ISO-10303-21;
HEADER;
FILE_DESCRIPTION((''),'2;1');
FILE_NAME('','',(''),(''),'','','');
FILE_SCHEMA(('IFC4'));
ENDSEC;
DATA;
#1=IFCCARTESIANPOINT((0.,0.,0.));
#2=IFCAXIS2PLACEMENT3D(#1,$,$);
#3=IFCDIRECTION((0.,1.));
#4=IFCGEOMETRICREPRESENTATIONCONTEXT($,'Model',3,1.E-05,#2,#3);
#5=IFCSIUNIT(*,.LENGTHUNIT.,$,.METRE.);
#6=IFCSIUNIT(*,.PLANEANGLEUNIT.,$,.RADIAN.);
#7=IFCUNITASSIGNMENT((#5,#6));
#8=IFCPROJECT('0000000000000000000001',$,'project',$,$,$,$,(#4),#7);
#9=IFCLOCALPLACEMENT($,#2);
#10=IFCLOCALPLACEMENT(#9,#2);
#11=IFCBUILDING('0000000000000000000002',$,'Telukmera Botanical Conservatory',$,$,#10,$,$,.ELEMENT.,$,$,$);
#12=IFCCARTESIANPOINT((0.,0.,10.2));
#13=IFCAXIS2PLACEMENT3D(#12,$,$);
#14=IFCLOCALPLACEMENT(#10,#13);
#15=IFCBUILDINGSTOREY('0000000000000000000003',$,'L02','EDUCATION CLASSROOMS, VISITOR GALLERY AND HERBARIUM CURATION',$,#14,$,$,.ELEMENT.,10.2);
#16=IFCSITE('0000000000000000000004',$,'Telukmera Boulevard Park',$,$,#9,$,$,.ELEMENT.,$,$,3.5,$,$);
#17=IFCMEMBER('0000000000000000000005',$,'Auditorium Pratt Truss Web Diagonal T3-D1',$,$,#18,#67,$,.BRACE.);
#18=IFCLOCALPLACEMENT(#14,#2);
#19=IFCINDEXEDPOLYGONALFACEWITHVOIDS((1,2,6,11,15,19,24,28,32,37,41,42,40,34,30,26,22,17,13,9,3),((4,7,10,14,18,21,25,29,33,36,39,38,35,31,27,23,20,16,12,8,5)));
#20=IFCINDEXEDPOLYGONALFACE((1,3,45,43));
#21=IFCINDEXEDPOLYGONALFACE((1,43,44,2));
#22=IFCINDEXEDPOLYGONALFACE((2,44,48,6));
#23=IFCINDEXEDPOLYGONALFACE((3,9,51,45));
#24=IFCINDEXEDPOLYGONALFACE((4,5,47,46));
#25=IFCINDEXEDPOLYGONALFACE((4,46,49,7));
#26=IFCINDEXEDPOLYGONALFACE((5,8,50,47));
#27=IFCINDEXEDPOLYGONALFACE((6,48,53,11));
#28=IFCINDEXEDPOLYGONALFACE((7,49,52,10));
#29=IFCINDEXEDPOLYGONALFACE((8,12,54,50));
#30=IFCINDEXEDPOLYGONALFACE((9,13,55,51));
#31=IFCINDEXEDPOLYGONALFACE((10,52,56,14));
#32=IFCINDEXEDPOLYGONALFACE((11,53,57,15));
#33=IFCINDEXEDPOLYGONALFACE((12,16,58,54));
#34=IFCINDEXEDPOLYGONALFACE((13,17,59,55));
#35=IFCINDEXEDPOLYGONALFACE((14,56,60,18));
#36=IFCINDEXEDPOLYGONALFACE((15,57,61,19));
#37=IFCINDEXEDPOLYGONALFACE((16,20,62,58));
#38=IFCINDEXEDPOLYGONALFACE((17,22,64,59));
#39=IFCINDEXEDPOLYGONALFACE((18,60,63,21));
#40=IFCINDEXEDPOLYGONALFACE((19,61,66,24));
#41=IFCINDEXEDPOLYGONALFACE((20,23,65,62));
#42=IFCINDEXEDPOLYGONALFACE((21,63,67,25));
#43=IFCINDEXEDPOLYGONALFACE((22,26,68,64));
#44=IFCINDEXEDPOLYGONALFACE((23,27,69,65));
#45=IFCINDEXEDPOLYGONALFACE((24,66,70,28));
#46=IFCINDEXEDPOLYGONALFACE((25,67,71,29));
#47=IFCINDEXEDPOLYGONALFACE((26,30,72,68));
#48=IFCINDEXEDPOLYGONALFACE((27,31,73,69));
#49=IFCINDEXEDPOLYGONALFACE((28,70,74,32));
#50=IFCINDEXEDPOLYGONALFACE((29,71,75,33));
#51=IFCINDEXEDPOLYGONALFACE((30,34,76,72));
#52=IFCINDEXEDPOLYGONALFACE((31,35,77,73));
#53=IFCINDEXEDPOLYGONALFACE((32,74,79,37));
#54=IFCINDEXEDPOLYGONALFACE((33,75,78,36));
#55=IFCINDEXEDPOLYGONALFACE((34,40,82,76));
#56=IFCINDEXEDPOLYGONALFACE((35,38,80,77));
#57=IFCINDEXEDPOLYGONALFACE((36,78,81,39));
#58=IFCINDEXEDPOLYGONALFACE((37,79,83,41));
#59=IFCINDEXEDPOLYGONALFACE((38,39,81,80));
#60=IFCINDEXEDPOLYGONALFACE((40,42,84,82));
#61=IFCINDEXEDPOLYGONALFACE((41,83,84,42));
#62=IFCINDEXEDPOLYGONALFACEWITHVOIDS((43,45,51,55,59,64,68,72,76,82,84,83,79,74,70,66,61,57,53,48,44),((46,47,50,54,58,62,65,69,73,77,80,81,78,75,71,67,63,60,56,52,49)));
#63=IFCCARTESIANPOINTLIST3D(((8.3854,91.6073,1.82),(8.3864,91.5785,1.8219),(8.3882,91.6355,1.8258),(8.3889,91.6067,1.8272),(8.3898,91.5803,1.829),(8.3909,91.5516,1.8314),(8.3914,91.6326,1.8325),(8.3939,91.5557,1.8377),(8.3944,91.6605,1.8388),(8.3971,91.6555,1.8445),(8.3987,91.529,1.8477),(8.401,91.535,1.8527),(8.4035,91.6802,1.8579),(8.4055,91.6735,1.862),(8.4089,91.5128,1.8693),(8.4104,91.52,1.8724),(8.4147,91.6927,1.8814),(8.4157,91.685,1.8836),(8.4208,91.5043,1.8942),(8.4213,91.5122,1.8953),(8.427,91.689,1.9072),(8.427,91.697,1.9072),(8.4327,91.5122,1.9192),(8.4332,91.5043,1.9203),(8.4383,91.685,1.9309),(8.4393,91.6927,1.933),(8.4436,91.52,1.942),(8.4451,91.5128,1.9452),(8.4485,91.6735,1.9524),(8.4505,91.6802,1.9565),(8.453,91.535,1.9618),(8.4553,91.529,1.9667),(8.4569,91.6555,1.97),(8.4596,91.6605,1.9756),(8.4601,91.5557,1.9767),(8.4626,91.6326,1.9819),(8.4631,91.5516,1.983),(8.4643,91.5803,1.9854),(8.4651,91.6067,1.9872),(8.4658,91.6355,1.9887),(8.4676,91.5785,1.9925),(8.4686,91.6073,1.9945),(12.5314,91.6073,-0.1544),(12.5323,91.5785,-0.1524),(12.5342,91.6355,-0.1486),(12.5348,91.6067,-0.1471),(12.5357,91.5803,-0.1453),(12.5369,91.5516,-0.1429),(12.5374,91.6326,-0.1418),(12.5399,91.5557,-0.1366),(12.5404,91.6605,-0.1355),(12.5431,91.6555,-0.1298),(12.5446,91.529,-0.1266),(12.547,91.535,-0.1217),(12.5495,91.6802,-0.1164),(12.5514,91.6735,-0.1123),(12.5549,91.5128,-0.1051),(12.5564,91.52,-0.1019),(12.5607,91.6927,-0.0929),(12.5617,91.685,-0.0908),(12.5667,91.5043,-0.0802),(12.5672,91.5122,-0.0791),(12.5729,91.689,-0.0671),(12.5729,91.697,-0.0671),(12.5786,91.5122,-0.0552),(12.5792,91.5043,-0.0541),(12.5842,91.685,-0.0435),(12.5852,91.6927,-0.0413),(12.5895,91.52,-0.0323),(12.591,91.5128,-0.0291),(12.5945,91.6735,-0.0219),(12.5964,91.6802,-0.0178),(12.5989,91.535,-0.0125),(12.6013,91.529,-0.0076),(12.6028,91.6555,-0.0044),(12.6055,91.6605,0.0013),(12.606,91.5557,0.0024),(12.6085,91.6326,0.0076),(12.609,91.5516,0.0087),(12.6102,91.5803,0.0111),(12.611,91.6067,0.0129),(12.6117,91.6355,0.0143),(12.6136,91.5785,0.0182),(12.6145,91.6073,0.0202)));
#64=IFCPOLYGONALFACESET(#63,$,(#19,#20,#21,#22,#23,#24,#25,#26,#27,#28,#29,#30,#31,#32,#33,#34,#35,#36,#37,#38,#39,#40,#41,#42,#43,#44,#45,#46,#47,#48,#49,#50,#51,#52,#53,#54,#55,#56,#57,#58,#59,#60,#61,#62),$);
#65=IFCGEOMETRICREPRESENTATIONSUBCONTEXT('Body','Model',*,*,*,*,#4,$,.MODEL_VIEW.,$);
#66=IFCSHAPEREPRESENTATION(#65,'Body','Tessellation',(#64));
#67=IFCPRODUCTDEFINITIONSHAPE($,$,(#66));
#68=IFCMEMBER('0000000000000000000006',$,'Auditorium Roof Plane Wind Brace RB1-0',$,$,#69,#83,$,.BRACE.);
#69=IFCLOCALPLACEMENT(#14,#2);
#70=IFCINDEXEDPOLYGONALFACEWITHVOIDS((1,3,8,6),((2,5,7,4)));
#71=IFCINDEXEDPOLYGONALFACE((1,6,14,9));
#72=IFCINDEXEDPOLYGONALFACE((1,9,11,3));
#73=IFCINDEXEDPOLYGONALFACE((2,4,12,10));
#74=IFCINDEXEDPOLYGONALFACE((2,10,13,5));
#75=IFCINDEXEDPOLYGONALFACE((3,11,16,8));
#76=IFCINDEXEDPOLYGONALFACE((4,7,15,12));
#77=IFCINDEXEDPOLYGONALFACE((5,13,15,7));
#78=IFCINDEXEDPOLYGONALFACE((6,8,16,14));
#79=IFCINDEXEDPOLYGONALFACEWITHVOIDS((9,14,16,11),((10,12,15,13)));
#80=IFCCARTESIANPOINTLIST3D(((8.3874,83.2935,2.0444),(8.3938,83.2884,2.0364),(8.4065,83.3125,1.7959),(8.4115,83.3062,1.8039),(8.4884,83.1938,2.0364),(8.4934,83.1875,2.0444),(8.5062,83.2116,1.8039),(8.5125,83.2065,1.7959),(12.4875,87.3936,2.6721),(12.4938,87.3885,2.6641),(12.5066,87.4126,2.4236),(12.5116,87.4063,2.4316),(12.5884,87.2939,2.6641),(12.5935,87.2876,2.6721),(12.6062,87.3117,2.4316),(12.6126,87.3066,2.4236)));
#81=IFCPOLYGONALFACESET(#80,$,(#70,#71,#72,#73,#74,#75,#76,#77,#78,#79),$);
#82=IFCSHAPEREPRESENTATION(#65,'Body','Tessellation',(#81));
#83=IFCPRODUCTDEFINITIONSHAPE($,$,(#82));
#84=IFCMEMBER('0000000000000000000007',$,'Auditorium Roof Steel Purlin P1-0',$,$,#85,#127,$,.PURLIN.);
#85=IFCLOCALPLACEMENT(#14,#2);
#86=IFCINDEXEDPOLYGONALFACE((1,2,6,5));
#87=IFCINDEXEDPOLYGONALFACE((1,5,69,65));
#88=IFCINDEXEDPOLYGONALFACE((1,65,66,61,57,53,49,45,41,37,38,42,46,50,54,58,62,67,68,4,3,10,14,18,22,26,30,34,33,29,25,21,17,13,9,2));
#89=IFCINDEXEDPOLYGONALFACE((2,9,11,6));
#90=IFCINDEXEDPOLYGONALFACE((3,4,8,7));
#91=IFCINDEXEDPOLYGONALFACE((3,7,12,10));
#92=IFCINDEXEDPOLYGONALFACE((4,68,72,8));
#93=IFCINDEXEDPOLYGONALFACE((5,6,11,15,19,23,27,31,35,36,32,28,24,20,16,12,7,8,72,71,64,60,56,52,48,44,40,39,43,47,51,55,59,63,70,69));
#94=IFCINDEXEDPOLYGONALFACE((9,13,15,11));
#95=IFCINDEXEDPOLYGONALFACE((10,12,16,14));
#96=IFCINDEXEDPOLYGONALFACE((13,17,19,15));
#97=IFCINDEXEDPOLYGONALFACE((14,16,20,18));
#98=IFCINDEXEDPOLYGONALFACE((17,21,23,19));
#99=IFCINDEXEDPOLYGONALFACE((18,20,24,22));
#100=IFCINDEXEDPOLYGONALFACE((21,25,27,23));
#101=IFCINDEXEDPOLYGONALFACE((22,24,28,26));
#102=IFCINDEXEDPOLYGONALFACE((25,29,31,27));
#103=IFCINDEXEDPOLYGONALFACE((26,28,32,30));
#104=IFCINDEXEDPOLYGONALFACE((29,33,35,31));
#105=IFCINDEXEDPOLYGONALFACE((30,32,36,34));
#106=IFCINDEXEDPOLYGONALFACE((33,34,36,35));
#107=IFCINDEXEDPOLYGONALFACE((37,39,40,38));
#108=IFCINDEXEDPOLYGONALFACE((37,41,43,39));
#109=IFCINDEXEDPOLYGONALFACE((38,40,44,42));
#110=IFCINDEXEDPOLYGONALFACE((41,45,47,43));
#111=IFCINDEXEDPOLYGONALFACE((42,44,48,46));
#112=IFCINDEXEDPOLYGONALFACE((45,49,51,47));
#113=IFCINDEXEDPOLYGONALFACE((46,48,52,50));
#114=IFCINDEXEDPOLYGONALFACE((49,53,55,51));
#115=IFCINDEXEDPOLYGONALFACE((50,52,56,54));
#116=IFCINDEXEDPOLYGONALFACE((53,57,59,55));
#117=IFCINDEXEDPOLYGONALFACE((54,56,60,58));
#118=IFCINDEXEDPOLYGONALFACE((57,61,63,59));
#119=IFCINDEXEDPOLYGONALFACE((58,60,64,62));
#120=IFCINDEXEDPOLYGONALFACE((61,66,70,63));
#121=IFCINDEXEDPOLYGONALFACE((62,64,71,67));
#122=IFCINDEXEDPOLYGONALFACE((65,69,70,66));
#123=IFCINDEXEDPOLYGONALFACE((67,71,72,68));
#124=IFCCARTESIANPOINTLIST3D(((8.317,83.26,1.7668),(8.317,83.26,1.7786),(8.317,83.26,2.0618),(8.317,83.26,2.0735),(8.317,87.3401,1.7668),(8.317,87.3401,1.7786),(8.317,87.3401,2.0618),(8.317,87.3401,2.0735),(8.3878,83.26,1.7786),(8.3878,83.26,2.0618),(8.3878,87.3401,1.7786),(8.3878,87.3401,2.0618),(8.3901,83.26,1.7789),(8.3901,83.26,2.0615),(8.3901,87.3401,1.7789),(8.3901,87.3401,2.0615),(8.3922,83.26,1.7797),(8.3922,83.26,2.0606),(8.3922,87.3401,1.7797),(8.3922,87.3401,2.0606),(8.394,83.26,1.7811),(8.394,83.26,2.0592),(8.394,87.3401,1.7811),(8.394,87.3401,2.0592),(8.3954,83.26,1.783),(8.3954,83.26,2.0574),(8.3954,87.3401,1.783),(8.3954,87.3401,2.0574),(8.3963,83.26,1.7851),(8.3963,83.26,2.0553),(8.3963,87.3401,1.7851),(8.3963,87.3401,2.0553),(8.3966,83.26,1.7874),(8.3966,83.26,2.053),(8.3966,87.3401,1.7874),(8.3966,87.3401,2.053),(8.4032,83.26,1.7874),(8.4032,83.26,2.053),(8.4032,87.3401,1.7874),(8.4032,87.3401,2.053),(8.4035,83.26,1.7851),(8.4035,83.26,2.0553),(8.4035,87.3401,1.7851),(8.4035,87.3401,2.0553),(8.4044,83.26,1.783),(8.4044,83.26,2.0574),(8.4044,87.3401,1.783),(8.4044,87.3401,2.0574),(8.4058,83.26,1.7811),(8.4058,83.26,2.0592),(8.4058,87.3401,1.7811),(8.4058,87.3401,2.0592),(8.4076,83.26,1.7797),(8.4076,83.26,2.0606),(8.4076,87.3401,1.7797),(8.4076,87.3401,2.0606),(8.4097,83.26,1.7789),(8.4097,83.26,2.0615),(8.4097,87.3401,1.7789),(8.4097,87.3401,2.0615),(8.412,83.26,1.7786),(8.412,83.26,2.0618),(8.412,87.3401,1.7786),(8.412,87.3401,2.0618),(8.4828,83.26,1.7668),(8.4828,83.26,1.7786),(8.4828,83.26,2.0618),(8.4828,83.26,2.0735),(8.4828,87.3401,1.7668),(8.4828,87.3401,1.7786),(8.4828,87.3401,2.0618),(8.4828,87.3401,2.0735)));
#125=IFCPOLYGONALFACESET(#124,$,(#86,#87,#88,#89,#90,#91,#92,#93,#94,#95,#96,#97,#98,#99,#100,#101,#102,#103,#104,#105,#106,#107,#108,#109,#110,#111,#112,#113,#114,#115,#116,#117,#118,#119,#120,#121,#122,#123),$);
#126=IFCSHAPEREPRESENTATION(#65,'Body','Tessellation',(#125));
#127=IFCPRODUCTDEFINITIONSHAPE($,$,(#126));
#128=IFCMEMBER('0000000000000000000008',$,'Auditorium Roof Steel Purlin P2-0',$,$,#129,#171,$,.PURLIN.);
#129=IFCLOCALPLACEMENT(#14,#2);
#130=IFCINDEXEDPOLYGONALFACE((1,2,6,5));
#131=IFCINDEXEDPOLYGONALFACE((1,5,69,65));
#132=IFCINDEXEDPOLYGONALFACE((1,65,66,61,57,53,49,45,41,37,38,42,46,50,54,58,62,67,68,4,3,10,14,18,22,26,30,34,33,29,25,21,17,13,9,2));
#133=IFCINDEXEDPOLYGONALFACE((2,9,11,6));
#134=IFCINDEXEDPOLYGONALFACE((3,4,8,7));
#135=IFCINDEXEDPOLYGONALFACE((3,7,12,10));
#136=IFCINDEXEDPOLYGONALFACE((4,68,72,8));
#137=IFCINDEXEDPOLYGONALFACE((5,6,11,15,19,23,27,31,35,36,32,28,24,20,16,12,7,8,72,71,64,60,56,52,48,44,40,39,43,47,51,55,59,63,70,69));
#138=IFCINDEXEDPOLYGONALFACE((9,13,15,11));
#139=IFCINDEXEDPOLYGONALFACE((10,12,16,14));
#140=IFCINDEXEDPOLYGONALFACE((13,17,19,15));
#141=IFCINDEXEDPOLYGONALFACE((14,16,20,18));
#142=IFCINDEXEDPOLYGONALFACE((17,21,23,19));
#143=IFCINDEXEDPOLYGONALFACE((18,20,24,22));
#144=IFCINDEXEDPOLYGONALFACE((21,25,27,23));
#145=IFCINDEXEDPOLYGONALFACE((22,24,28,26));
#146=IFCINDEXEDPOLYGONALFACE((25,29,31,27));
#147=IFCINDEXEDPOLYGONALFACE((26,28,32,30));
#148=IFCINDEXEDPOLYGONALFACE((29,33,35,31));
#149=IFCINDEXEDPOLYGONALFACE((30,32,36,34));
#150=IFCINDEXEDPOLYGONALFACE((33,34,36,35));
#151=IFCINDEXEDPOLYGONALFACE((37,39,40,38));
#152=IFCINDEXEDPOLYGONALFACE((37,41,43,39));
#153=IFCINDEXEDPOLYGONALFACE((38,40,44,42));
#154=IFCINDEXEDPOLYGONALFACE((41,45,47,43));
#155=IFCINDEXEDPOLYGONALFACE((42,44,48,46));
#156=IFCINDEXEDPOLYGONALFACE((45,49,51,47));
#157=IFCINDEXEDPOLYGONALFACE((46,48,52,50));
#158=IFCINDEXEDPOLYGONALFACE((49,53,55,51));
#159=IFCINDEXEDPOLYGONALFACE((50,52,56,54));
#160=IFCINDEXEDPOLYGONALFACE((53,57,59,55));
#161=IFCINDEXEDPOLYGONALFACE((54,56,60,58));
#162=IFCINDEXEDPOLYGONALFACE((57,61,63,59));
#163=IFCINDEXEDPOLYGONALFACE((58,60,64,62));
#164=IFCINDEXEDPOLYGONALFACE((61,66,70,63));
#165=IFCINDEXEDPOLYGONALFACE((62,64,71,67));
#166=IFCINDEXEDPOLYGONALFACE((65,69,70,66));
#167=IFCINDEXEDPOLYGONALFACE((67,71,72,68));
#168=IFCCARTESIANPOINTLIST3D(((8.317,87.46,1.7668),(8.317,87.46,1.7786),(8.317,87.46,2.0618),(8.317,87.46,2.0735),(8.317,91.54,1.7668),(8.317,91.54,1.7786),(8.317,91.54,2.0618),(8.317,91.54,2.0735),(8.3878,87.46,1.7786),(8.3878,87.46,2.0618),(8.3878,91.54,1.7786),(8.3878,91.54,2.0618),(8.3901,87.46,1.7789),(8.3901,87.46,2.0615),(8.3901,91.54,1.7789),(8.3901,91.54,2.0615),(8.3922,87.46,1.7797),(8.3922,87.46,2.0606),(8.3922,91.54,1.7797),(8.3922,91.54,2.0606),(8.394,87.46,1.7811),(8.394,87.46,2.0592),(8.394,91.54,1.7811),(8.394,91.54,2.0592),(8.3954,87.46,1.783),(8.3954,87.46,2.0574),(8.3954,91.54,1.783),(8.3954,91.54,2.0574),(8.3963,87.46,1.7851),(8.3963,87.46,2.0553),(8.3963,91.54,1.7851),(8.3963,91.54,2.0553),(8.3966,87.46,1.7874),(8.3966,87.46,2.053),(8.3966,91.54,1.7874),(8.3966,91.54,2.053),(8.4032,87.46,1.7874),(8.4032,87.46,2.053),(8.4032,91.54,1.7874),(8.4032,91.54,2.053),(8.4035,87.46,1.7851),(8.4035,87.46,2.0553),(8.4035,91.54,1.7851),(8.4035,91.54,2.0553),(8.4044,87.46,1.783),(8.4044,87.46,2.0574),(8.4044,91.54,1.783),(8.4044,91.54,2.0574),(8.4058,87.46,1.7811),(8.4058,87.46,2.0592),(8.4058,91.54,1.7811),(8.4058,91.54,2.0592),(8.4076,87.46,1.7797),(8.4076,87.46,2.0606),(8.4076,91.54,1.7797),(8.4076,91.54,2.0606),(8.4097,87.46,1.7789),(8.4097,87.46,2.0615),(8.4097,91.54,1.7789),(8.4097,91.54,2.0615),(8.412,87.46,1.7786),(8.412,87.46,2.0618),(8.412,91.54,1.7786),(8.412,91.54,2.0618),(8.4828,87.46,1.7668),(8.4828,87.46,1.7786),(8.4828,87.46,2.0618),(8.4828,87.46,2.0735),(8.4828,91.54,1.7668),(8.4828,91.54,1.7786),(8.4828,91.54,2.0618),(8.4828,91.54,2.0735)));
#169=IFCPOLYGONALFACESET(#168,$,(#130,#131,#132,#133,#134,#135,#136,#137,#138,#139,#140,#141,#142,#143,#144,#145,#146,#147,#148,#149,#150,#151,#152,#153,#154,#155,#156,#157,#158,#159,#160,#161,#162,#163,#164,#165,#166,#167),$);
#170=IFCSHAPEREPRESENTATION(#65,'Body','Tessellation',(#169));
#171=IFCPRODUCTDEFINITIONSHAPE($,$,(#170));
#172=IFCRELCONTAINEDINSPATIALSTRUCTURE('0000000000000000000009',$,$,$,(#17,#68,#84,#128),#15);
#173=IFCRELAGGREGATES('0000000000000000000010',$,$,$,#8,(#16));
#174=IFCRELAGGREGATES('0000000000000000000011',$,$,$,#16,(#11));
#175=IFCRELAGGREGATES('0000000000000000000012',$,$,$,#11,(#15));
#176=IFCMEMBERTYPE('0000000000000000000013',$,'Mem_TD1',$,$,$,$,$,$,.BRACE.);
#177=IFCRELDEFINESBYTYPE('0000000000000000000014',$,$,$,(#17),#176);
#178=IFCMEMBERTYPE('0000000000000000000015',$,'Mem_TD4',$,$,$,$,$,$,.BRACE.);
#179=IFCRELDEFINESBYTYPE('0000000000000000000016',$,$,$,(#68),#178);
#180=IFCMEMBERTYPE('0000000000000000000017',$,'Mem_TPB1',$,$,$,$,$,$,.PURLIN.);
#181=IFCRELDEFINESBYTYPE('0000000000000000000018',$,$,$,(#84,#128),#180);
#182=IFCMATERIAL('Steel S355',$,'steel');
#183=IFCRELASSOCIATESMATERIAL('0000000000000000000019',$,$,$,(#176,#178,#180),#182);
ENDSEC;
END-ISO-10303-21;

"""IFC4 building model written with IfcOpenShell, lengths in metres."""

from ifc_helpers import new_model, si_unit, direction, frame, origin, origin_2d, place, context, subcontext, project, spatial, hollow_rectangle, hollow_circle, i_section, extrude, material, material_profile, profile_set, type_object, element, save


model = new_model("IFC4")

# Units and contexts
model_context = context("Model", 3, precision=1e-05, world=origin(), true_north=direction((0.0, 1.0)))
body_context = subcontext(model_context, "Body", "Model", "MODEL_VIEW")
ifc_project = project(units=[si_unit("LENGTHUNIT", "METRE"), si_unit("PLANEANGLEUNIT", "RADIAN")], contexts=[model_context])

# Site, building, storey
site_placement = place(None, origin())
site = spatial("IfcSite", under=ifc_project, at=site_placement, Name="Telukmera Boulevard Park", CompositionType="ELEMENT", RefElevation=3.5)
building_placement = place(site_placement, origin())
building = spatial("IfcBuilding", under=site, at=building_placement, Name="Telukmera Botanical Conservatory", CompositionType="ELEMENT")
storey_placement = place(building_placement, frame((0.0, 0.0, 10.2)))
storey = spatial("IfcBuildingStorey", under=building, at=storey_placement, Name="L02", Description="EDUCATION CLASSROOMS, VISITOR GALLERY AND HERBARIUM CURATION", CompositionType="ELEMENT", Elevation=10.2)

# Members
ifc_material_1 = material(Name="Steel S355", Category="steel")
ifc_material_profile_1 = material_profile(ifc_material_1, hollow_circle(Radius=0.0969, WallThickness=0.0081, at=origin_2d()), Name="CHS 193.7x8.0")
ifc_profile_set_1 = profile_set([ifc_material_profile_1], Name="Steel S355")
member_type_1 = type_object("IfcMemberType", Name="Mem_TD1", PredefinedType="BRACE", material=ifc_profile_set_1)
for number, where, z_axis, x_axis, name in (
    (1, (8.427, 91.6001, 1.9072), (0.902854, 0.0, -0.429948), (0.0, 1.0, 0.0), "Auditorium Pratt Truss Web Diagonal T3-D1"),
):
    element("IfcMember", number, at=place(storey_placement, frame(where, z_axis=z_axis, x_axis=x_axis)), inside=storey, type_object=member_type_1, Name=name, PredefinedType="BRACE", context=body_context, shape_type="SweptSolid", body=[
        extrude(hollow_circle(Radius=0.0969, WallThickness=0.0081, at=origin_2d()), origin(), (0.0, 0.0, 1.0), 4.592),
    ])
ifc_material_profile_2 = material_profile(ifc_material_1, hollow_rectangle(XDim=0.1499, YDim=0.25, WallThickness=0.0081, at=origin_2d()), Name="RHS 250x150x8.0")
ifc_profile_set_2 = profile_set([ifc_material_profile_2], Name="Steel S355")
member_type_2 = type_object("IfcMemberType", Name="Mem_TD4", PredefinedType="BRACE", material=ifc_profile_set_2)
member_1_placement = place(storey_placement, frame((8.45, 83.25, 1.9202), z_axis=(0.703, 0.703, 0.107623), x_axis=(-0.707107, 0.707107, 0.0)))
element("IfcMember", 2, at=member_1_placement, inside=storey, type_object=member_type_2, Name="Auditorium Roof Plane Wind Brace RB1-0", PredefinedType="BRACE", context=body_context, shape_type="SweptSolid", body=[
    extrude(hollow_rectangle(XDim=0.1499, YDim=0.25, WallThickness=0.0081, at=origin_2d()), origin(), (0.0, 0.0, 1.0), 5.8323),
])
ifc_material_profile_3 = material_profile(ifc_material_1, i_section(OverallWidth=0.1658, OverallDepth=0.3066, WebThickness=0.0066, FlangeThickness=0.0117, FilletRadius=0.0088, at=origin_2d()), Name="UB 305x165x46")
ifc_profile_set_3 = profile_set([ifc_material_profile_3], Name="Steel S355")
member_type_3 = type_object("IfcMemberType", Name="Mem_TPB1", PredefinedType="PURLIN", material=ifc_profile_set_3)
for number, where, z_axis, x_axis, name in (
    (3, (8.3999, 83.26, 1.9202), (0.0, 1.0, 0.0), (-1.0, 0.0, 0.0), "Auditorium Roof Steel Purlin P1-0"),
    (4, (8.3999, 87.46, 1.9202), (0.0, 1.0, 0.0), (-1.0, 0.0, 0.0), "Auditorium Roof Steel Purlin P2-0"),
):
    element("IfcMember", number, at=place(storey_placement, frame(where, z_axis=z_axis, x_axis=x_axis)), inside=storey, type_object=member_type_3, Name=name, PredefinedType="PURLIN", context=body_context, shape_type="SweptSolid", body=[
        extrude(i_section(OverallWidth=0.1658, OverallDepth=0.3066, WebThickness=0.0066, FlangeThickness=0.0117, FilletRadius=0.0088, at=origin_2d()), origin(), (0.0, 0.0, 1.0), 4.0801),
    ])

save(model, "model.ifc")
